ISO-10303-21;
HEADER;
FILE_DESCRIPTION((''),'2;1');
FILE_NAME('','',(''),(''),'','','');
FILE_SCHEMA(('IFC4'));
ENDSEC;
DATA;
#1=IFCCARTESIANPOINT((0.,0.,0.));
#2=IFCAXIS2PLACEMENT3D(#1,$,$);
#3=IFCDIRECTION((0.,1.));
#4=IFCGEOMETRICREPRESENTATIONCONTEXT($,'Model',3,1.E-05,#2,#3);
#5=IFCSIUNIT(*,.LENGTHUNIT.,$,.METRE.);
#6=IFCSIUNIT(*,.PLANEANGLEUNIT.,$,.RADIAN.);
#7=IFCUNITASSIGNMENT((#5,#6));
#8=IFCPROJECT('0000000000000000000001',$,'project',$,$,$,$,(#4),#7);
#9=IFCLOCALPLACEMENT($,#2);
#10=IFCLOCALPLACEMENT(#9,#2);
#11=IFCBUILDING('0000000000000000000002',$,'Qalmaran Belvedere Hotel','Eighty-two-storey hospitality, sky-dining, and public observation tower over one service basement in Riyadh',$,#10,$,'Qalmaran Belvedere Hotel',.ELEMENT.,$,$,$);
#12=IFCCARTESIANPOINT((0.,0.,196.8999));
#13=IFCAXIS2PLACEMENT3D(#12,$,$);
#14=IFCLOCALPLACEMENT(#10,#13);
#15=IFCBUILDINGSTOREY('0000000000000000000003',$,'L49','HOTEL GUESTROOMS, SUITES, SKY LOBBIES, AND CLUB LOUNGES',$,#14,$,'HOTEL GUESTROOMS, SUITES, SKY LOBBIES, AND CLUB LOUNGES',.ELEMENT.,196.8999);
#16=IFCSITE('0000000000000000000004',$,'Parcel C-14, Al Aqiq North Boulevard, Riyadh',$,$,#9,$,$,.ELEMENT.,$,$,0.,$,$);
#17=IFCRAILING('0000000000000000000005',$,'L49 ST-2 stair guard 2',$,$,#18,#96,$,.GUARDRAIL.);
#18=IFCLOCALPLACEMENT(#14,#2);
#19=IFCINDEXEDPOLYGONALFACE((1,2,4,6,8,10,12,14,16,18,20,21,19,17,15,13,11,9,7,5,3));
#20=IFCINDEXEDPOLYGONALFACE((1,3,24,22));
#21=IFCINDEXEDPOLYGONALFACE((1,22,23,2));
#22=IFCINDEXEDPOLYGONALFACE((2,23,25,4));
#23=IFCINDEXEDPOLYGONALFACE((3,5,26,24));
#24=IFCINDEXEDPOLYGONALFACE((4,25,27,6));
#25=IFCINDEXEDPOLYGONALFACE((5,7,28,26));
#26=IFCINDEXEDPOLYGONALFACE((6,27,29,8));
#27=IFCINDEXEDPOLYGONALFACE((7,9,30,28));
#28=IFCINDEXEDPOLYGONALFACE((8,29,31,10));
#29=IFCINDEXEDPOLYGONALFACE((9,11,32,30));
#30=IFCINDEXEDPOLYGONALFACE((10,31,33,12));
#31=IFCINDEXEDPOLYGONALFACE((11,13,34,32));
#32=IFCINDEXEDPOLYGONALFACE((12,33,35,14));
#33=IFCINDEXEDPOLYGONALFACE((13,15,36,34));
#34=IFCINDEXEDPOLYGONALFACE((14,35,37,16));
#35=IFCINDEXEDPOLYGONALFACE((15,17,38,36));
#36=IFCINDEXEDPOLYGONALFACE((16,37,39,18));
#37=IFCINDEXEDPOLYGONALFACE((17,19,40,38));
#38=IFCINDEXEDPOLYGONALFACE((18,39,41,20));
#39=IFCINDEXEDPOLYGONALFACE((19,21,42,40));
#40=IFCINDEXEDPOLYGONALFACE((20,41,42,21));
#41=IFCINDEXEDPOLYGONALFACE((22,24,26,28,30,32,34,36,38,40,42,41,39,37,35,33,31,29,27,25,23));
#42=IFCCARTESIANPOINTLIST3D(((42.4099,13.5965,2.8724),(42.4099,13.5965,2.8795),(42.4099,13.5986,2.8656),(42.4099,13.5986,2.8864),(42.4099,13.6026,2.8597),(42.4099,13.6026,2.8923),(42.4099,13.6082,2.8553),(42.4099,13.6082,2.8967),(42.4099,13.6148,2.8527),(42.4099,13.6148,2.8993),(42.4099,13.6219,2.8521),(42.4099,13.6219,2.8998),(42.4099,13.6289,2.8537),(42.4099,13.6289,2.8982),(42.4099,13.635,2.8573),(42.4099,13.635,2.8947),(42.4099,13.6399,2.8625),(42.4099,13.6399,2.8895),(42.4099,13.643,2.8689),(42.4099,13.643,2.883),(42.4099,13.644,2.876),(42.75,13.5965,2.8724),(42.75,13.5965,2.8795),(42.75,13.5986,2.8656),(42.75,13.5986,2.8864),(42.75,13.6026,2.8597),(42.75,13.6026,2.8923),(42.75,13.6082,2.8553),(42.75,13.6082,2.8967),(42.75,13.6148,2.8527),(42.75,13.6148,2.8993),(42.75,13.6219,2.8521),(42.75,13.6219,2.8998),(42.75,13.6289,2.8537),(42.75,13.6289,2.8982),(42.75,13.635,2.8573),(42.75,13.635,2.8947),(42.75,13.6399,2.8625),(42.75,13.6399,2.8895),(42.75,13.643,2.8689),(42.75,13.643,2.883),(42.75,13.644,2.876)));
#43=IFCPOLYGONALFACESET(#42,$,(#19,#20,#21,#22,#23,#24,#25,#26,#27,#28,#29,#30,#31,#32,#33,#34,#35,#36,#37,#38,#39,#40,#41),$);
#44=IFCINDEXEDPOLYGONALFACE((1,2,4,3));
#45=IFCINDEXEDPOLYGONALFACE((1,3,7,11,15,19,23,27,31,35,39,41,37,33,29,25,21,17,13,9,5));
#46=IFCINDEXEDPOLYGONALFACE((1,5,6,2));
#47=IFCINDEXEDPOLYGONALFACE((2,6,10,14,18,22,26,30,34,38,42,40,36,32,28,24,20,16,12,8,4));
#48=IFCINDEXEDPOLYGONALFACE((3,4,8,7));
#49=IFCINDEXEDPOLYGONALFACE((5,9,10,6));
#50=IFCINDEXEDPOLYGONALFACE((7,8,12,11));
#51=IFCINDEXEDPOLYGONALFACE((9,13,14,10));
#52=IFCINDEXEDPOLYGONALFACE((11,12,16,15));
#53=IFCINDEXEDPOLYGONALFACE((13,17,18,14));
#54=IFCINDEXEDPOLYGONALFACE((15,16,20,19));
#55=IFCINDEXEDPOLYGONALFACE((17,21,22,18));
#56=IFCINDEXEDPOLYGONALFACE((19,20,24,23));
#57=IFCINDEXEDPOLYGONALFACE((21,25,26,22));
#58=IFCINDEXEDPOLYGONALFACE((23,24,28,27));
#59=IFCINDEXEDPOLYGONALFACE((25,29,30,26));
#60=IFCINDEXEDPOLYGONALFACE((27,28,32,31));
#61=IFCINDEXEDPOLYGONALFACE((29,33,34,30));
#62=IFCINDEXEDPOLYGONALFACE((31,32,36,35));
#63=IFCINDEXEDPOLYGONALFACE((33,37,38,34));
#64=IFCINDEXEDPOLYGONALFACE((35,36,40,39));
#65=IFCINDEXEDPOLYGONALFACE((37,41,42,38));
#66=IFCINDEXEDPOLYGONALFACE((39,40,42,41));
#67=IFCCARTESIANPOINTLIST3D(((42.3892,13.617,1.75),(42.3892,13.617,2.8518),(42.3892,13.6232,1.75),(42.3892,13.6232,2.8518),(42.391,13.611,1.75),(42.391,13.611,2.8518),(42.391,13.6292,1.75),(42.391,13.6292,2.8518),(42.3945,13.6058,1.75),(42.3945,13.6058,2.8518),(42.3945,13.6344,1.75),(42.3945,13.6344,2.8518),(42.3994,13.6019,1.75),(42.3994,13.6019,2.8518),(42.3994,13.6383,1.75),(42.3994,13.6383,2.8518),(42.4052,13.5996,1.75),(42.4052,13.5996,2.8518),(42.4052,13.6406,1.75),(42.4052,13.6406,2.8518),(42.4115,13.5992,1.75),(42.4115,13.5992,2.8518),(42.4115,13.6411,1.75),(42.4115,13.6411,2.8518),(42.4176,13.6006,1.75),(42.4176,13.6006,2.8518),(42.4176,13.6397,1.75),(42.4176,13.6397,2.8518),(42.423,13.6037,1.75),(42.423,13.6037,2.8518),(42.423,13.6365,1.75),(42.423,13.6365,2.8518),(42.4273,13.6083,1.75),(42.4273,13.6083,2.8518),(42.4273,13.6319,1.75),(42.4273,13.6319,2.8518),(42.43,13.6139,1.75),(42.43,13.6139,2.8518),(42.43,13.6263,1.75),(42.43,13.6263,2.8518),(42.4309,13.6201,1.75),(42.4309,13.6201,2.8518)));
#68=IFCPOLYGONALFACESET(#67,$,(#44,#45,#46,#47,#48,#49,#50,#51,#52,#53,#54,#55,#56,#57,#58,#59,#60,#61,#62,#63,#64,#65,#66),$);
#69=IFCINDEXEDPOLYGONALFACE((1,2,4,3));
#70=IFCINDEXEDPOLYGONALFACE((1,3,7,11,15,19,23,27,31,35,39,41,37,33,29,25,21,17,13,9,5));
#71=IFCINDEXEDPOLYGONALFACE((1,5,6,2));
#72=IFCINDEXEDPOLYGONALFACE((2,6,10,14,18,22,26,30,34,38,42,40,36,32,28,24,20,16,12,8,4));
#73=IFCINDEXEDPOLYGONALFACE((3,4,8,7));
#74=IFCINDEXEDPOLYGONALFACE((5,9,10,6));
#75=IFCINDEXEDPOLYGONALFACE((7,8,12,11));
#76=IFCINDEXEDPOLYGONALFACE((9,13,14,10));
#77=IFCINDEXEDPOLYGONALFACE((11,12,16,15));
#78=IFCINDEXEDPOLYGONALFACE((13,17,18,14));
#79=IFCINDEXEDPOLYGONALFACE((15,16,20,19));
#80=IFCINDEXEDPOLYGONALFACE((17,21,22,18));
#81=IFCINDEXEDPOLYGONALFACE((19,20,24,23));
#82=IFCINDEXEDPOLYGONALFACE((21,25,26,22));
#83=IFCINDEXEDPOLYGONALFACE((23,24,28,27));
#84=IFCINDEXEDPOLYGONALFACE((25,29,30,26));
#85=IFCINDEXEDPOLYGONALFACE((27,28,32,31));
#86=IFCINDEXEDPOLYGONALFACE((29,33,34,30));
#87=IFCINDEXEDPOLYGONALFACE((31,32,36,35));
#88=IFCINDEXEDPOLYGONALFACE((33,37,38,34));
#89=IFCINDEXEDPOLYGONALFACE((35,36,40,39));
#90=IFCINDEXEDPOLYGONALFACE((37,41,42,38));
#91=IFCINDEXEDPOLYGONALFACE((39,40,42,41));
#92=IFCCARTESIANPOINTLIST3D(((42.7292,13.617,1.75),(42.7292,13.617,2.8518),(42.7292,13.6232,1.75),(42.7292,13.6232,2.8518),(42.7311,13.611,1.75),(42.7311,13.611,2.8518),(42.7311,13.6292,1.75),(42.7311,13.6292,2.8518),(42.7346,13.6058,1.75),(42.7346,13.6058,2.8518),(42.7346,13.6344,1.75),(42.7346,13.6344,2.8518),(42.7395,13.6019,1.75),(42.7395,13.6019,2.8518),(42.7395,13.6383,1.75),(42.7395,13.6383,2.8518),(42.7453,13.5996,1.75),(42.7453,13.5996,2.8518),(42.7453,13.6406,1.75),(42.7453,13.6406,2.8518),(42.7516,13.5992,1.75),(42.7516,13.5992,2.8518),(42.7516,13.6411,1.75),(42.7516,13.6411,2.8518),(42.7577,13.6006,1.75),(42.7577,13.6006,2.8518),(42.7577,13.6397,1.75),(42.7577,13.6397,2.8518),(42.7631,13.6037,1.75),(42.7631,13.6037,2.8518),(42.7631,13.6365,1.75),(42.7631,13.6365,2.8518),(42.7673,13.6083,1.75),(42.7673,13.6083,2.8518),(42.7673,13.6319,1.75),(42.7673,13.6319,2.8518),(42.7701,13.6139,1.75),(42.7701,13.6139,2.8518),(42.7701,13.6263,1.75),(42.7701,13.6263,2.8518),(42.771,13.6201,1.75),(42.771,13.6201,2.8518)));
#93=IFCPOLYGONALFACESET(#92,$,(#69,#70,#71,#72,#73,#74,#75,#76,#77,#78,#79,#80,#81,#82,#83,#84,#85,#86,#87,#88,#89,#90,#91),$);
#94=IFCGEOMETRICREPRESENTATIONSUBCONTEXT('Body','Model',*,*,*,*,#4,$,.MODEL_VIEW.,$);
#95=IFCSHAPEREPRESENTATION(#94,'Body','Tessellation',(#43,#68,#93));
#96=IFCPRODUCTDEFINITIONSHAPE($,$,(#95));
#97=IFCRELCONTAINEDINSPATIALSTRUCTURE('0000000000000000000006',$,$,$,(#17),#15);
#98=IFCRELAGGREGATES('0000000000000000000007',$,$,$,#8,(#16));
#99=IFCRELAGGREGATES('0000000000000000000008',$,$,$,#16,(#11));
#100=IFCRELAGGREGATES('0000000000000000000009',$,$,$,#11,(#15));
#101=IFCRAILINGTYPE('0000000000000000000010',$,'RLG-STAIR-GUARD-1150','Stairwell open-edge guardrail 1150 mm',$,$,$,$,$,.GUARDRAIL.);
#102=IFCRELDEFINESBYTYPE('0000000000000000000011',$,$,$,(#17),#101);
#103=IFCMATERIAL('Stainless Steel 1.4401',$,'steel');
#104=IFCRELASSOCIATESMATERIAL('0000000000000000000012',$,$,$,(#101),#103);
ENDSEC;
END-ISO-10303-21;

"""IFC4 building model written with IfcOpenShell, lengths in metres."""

from ifc_helpers import new_model, si_unit, direction, frame, origin, origin_2d, place, context, subcontext, project, spatial, circle, extrude, material, type_object, element, save


model = new_model("IFC4")

# Units and contexts
model_context = context("Model", 3, precision=1e-05, world=origin(), true_north=direction((0.0, 1.0)))
body_context = subcontext(model_context, "Body", "Model", "MODEL_VIEW")
ifc_project = project(units=[si_unit("LENGTHUNIT", "METRE"), si_unit("PLANEANGLEUNIT", "RADIAN")], contexts=[model_context])

# Site, building, storey
site_placement = place(None, origin())
site = spatial("IfcSite", under=ifc_project, at=site_placement, Name="Parcel C-14, Al Aqiq North Boulevard, Riyadh", CompositionType="ELEMENT", RefElevation=0.0)
building_placement = place(site_placement, origin())
building = spatial("IfcBuilding", under=site, at=building_placement, Name="Qalmaran Belvedere Hotel", Description="Eighty-two-storey hospitality, sky-dining, and public observation tower over one service basement in Riyadh", LongName="Qalmaran Belvedere Hotel", CompositionType="ELEMENT")
storey_placement = place(building_placement, frame((0.0, 0.0, 196.8999)))
storey = spatial("IfcBuildingStorey", under=building, at=storey_placement, Name="L49", Description="HOTEL GUESTROOMS, SUITES, SKY LOBBIES, AND CLUB LOUNGES", LongName="HOTEL GUESTROOMS, SUITES, SKY LOBBIES, AND CLUB LOUNGES", CompositionType="ELEMENT", Elevation=196.8999)

# Railing
ifc_material_1 = material(Name="Stainless Steel 1.4401", Category="steel")
railing_type_1 = type_object("IfcRailingType", Name="RLG-STAIR-GUARD-1150", Description="Stairwell open-edge guardrail 1150 mm", PredefinedType="GUARDRAIL", material=ifc_material_1)
railing_1_placement = place(storey_placement, frame((42.4099, 13.6201, 1.75)))
element("IfcRailing", 1, at=railing_1_placement, inside=storey, type_object=railing_type_1, Name="L49 ST-2 stair guard 2", PredefinedType="GUARDRAIL", context=body_context, shape_type="SweptSolid", body=[
    extrude(circle(Radius=0.0239, at=origin_2d()), frame((0.0, 0.0, 1.126), z_axis=(1.0, 0.0, 0.0), x_axis=(0.0, 1.0, 0.0)), (0.0, 0.0, 1.0), 0.3401),
    extrude(circle(Radius=0.021, at=origin_2d()), origin(), (0.0, 0.0, 1.0), 1.1018),
    extrude(circle(Radius=0.021, at=origin_2d()), frame((0.3401, 0.0, 0.0)), (0.0, 0.0, 1.0), 1.1018),
])

save(model, "model.ifc")
